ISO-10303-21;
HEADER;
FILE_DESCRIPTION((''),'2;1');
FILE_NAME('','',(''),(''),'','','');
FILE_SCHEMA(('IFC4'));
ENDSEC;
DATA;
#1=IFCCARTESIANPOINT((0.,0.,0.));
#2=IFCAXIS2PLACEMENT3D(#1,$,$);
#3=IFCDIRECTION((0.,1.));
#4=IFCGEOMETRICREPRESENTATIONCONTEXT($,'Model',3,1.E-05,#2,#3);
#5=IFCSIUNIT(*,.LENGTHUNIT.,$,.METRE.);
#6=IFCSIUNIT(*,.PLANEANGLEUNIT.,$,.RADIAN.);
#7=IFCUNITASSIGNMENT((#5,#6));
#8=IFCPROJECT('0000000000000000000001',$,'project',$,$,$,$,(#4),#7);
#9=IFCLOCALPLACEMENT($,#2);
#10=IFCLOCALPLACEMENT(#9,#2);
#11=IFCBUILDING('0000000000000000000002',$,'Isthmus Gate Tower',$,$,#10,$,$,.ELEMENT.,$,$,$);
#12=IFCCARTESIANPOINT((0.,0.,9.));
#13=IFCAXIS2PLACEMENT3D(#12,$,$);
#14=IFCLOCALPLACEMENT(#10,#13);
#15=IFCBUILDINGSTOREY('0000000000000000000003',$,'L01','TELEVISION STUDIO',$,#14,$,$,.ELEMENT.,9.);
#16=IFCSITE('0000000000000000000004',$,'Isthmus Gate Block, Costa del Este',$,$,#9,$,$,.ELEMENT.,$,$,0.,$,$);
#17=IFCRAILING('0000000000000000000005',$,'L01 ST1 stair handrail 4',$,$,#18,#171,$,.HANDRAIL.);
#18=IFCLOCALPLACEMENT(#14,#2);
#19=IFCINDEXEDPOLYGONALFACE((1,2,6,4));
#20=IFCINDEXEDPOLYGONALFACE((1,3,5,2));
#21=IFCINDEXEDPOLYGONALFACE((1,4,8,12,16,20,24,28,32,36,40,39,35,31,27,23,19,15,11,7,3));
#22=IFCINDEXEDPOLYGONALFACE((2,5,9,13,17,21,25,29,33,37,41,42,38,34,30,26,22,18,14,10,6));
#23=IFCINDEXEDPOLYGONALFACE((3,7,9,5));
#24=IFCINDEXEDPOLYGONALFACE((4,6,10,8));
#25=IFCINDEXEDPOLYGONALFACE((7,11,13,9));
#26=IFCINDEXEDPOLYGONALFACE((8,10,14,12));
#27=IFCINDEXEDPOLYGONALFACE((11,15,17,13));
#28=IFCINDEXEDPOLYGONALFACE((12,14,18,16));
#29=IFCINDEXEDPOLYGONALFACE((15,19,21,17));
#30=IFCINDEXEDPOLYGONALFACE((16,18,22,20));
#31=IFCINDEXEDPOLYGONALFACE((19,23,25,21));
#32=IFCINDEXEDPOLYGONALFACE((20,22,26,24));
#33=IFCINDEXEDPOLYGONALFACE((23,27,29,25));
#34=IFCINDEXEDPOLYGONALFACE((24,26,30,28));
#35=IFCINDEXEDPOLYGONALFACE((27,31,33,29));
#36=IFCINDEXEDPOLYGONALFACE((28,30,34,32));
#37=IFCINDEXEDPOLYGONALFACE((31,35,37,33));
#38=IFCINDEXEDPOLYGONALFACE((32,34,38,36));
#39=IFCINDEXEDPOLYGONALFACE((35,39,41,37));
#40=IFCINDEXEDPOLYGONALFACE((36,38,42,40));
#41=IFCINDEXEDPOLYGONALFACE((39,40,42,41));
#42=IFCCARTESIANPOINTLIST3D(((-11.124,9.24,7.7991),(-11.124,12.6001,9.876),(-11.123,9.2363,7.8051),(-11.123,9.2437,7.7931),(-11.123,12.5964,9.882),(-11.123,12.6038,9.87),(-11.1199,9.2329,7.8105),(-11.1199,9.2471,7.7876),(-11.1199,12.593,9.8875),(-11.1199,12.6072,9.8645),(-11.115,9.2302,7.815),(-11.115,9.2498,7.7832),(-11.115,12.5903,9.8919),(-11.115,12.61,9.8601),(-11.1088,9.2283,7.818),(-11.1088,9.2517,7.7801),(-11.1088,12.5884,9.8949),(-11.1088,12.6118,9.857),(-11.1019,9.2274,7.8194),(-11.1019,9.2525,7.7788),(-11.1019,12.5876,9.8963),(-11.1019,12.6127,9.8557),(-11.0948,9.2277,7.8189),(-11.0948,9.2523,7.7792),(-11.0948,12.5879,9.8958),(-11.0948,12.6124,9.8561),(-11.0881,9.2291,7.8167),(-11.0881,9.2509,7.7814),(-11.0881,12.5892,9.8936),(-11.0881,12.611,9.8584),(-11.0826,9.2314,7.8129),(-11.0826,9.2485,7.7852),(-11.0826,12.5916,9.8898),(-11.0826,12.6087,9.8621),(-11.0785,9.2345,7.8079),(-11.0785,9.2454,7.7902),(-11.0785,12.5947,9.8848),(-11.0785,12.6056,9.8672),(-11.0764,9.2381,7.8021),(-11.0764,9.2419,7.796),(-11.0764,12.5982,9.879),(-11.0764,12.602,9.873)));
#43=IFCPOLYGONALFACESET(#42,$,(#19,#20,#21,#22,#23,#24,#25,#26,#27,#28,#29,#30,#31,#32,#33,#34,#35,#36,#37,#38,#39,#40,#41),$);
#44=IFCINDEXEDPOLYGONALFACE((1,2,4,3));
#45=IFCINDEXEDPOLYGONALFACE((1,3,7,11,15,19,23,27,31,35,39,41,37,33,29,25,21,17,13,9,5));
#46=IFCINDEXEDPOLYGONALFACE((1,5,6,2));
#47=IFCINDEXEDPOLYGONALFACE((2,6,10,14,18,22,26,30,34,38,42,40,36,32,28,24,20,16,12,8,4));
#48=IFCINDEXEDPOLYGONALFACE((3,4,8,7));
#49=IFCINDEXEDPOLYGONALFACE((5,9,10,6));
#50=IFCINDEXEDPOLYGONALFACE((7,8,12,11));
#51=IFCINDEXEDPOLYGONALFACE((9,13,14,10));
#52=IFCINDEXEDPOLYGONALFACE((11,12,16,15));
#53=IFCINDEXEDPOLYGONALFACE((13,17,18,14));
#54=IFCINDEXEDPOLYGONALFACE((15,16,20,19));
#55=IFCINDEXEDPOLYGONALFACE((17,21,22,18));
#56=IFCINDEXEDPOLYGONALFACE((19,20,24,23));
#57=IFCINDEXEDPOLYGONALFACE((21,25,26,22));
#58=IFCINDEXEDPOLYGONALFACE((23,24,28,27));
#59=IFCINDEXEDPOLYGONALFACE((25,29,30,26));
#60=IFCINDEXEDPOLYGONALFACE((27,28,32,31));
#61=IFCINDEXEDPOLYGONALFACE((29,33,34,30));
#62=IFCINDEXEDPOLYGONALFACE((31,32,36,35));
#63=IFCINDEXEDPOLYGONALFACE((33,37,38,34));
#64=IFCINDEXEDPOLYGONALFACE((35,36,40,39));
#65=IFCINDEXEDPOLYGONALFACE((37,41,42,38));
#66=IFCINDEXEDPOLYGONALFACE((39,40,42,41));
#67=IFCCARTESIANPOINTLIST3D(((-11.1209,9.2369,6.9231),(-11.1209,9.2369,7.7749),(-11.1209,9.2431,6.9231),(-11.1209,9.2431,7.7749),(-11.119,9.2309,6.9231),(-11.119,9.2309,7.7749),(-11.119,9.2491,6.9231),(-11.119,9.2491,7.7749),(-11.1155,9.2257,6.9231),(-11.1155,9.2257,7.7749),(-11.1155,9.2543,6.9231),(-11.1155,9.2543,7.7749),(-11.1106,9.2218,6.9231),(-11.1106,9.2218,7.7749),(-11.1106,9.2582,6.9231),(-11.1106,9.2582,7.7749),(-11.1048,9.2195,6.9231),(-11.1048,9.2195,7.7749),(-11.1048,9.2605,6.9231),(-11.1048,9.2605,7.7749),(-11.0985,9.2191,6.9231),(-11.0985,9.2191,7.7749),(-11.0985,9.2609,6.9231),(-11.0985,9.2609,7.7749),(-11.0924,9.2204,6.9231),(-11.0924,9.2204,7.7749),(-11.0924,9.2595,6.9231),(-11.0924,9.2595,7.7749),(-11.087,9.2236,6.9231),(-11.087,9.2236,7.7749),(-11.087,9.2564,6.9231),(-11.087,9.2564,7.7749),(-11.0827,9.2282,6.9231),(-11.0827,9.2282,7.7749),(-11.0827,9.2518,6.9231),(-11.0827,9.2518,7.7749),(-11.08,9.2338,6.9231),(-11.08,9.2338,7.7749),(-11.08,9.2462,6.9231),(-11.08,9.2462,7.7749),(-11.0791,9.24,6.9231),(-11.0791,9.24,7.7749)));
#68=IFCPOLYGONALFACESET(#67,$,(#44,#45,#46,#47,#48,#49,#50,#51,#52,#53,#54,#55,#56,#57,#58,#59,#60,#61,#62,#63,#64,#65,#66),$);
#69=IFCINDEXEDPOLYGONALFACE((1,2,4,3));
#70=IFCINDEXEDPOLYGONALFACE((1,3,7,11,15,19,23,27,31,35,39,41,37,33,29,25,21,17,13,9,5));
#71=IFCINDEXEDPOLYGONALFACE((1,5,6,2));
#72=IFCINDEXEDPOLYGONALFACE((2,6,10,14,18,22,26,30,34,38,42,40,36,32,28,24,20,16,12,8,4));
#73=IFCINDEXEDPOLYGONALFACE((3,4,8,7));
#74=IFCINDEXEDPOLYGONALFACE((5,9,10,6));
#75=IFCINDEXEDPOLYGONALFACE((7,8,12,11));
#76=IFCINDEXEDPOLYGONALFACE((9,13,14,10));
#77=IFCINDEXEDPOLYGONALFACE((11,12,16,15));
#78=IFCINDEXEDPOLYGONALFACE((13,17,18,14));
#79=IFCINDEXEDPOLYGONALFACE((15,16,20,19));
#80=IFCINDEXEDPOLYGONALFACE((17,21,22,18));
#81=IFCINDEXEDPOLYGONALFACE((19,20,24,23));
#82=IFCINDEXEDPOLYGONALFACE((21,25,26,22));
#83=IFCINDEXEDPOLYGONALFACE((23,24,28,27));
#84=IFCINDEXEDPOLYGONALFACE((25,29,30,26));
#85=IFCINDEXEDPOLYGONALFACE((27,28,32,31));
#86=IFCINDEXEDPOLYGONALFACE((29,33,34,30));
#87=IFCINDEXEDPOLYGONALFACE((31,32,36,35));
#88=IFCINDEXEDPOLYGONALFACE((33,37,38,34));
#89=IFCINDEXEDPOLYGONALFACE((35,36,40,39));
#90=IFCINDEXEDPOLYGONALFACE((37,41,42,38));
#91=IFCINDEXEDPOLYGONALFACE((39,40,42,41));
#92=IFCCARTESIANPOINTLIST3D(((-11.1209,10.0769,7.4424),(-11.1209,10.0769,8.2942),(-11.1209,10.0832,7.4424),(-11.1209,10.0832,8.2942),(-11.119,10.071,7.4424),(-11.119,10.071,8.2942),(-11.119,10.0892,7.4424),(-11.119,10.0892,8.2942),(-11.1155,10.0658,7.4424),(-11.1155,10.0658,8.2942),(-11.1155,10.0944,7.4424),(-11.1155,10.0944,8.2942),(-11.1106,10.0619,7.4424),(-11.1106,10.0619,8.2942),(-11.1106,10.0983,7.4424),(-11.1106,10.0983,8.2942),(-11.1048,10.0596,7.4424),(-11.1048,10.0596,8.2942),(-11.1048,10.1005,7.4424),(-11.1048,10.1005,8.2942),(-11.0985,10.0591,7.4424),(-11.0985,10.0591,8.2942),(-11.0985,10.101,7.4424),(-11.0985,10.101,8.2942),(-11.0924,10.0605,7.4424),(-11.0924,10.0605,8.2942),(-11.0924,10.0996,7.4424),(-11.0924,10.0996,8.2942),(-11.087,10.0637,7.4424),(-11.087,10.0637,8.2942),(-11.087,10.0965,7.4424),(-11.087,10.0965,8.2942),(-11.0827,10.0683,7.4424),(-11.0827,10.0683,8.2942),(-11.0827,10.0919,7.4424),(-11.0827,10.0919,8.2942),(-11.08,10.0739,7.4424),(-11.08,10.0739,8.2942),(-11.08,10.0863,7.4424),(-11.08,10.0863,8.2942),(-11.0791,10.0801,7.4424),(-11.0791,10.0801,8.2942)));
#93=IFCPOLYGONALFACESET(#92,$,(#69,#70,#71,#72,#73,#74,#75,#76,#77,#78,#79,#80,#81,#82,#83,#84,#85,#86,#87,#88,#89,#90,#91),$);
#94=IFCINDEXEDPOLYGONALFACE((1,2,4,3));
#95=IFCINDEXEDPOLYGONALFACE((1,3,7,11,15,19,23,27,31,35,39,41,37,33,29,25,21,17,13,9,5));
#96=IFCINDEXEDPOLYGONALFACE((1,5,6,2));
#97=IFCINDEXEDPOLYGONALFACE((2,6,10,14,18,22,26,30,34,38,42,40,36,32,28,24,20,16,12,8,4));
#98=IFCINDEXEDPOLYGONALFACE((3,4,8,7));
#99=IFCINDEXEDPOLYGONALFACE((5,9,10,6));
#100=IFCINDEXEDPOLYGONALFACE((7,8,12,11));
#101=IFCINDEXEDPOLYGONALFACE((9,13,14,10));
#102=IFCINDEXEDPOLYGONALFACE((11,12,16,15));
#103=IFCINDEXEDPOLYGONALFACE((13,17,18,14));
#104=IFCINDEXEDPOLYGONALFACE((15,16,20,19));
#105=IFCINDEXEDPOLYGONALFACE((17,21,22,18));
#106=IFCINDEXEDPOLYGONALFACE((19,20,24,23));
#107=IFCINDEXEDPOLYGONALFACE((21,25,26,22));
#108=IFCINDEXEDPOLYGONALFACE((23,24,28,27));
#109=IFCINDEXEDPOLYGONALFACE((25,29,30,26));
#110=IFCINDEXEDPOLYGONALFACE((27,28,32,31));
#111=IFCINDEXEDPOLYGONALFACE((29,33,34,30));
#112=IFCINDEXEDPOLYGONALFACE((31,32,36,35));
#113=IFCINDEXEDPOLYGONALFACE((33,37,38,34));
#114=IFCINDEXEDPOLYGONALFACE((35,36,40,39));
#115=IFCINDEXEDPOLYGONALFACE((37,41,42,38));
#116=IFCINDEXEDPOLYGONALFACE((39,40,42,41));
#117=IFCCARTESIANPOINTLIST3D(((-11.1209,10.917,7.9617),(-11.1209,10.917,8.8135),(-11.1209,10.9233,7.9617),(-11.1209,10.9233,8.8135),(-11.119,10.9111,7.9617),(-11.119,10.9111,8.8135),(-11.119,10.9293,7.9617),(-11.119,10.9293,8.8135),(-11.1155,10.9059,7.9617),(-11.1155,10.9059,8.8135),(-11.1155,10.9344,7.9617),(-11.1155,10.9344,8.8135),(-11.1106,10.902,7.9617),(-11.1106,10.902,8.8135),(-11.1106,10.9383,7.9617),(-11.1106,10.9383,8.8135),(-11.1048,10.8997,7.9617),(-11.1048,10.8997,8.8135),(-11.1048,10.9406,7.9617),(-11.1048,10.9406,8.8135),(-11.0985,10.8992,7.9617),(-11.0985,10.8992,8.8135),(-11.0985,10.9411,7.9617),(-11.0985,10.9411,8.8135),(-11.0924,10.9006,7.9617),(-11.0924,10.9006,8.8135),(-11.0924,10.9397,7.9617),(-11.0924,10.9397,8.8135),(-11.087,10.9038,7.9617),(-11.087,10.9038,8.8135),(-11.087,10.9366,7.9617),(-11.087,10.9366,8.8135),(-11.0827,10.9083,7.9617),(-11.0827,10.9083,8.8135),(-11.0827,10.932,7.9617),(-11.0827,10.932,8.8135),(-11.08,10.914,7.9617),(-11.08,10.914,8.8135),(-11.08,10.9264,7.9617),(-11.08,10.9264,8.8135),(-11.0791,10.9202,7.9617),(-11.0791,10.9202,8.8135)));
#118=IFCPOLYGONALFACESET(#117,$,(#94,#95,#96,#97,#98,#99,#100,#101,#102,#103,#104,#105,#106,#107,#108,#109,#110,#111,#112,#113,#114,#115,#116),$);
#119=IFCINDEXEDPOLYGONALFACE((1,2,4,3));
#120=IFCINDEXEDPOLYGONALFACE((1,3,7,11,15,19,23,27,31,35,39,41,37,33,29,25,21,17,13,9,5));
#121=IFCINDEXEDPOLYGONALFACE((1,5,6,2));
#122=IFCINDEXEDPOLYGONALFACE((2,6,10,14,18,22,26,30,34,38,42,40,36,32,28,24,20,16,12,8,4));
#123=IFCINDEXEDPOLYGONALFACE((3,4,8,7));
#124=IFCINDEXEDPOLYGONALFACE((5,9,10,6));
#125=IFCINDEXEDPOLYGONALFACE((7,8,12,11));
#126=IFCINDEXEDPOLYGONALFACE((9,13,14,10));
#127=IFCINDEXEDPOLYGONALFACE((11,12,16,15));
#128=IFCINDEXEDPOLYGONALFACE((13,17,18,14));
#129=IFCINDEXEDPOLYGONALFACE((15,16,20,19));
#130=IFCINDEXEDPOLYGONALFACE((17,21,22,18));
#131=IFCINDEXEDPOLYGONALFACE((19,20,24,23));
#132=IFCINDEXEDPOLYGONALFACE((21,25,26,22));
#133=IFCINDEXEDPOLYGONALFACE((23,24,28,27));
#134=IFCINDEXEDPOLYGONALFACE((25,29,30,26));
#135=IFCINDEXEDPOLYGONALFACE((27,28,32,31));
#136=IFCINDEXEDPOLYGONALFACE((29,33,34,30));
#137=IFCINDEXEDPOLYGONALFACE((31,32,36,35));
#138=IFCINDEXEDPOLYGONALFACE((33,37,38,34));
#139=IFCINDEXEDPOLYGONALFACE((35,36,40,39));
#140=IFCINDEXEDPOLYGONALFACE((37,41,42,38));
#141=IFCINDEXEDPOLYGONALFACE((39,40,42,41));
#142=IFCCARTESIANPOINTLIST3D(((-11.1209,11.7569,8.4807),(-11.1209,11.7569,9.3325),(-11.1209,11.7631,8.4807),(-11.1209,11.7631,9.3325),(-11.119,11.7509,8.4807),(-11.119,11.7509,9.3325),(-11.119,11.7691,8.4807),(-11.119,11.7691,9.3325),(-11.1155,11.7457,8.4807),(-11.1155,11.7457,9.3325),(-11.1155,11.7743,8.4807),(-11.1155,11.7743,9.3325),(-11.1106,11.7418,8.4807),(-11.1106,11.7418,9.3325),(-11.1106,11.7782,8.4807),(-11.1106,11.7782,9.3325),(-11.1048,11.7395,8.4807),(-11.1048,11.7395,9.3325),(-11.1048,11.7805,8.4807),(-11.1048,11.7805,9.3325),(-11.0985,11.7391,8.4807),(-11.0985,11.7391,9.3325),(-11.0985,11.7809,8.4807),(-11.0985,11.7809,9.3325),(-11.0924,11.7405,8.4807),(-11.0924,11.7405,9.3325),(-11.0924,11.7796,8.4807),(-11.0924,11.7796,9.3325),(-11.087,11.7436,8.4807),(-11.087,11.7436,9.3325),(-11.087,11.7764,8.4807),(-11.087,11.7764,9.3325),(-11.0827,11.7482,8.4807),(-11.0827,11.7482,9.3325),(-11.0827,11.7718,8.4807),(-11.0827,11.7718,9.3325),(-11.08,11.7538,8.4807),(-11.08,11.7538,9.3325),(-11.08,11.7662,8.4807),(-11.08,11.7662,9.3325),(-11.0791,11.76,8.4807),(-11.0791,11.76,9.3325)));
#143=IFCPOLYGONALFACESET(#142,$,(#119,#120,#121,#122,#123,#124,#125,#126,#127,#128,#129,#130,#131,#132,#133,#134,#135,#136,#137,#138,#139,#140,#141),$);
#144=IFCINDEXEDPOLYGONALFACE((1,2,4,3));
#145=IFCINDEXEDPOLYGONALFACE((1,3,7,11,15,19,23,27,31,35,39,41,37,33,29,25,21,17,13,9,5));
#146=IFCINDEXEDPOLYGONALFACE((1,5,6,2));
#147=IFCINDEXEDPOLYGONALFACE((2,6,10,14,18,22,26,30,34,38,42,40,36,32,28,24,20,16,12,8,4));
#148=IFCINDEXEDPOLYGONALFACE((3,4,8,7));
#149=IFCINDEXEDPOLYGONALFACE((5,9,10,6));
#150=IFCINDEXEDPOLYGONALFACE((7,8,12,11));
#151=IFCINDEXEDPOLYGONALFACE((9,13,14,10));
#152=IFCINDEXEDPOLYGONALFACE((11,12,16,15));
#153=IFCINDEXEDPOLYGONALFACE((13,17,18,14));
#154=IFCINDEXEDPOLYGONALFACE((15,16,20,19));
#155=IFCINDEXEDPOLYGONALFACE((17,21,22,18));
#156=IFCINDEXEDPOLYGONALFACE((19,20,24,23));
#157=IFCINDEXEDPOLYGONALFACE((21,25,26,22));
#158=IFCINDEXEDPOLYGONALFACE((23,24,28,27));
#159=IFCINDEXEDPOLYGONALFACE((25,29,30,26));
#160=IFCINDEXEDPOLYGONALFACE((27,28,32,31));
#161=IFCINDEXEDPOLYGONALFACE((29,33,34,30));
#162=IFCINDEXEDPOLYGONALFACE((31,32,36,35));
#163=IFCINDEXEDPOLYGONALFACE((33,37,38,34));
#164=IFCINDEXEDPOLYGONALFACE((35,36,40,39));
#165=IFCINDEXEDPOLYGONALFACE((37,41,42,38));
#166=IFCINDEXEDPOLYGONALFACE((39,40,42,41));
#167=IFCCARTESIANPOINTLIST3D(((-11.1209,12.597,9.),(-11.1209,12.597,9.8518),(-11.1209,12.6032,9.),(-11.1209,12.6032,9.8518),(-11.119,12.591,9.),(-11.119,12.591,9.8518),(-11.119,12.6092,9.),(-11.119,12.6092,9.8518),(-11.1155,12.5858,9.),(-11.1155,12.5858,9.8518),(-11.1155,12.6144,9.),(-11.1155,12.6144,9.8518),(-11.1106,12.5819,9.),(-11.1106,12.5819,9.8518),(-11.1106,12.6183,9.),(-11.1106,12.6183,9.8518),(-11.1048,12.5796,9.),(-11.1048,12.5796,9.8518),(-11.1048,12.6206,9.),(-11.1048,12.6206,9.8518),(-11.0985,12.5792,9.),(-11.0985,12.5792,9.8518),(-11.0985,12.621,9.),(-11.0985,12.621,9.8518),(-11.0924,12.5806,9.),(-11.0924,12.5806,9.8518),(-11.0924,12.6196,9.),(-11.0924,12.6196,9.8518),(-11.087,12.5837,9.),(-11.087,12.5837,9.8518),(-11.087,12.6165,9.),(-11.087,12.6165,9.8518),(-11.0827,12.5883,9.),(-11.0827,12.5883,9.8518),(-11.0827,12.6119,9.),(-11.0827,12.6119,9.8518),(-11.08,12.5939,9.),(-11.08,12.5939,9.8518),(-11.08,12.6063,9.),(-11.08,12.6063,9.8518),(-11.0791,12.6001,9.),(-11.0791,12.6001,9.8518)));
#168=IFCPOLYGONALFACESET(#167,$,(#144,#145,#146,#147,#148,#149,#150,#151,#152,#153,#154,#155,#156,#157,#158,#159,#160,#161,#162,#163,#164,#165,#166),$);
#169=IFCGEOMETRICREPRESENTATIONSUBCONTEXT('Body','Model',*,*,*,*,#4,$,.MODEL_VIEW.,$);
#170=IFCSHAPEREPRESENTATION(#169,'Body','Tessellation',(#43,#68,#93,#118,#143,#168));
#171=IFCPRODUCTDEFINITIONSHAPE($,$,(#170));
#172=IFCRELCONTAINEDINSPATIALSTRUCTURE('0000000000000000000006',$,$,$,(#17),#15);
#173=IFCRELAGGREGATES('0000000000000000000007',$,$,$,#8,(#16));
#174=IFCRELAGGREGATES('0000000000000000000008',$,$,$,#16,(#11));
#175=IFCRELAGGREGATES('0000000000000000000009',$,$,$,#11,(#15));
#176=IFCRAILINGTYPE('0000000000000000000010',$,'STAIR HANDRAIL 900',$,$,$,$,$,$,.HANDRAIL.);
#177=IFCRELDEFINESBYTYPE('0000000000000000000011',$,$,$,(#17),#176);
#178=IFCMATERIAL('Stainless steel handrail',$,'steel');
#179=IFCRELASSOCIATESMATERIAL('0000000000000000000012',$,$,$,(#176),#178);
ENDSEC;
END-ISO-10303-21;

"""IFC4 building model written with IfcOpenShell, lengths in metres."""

from ifc_helpers import new_model, si_unit, direction, frame, origin, origin_2d, place, context, subcontext, project, spatial, circle, extrude, material, type_object, element, save


model = new_model("IFC4")

# Units and contexts
model_context = context("Model", 3, precision=1e-05, world=origin(), true_north=direction((0.0, 1.0)))
body_context = subcontext(model_context, "Body", "Model", "MODEL_VIEW")
ifc_project = project(units=[si_unit("LENGTHUNIT", "METRE"), si_unit("PLANEANGLEUNIT", "RADIAN")], contexts=[model_context])

# Site, building, storey
site_placement = place(None, origin())
site = spatial("IfcSite", under=ifc_project, at=site_placement, Name="Isthmus Gate Block, Costa del Este", CompositionType="ELEMENT", RefElevation=0.0)
building_placement = place(site_placement, origin())
building = spatial("IfcBuilding", under=site, at=building_placement, Name="Isthmus Gate Tower", CompositionType="ELEMENT")
storey_placement = place(building_placement, frame((0.0, 0.0, 9.0)))
storey = spatial("IfcBuildingStorey", under=building, at=storey_placement, Name="L01", Description="TELEVISION STUDIO", CompositionType="ELEMENT", Elevation=9.0)

# Railing
ifc_material_1 = material(Name="Stainless steel handrail", Category="steel")
railing_type_1 = type_object("IfcRailingType", Name="STAIR HANDRAIL 900", PredefinedType="HANDRAIL", material=ifc_material_1)
for number, where, name in (
    (1, (-11.1001, 9.24, 6.9231), "L01 ST1 stair handrail 4"),
):
    element("IfcRailing", number, at=place(storey_placement, frame(where)), inside=storey, type_object=railing_type_1, Name=name, PredefinedType="HANDRAIL", context=body_context, shape_type="SweptSolid", body=[
        extrude(circle(Radius=0.0239, at=origin_2d()), frame((0.0, 0.0, 0.876), z_axis=(0.0, 0.850623, 0.525776), x_axis=(-1.0, 0.0, 0.0)), (0.0, 0.0, 1.0), 3.9502),
        extrude(circle(Radius=0.021, at=origin_2d()), origin(), (0.0, 0.0, 1.0), 0.8518),
        extrude(circle(Radius=0.021, at=origin_2d()), frame((0.0, 0.8401, 0.5193)), (0.0, 0.0, 1.0), 0.8518),
        extrude(circle(Radius=0.021, at=origin_2d()), frame((0.0, 1.6802, 1.0386)), (0.0, 0.0, 1.0), 0.8518),
        extrude(circle(Radius=0.021, at=origin_2d()), frame((0.0, 2.52, 1.5576)), (0.0, 0.0, 1.0), 0.8518),
        extrude(circle(Radius=0.021, at=origin_2d()), frame((0.0, 3.3601, 2.0769)), (0.0, 0.0, 1.0), 0.8518),
    ])

save(model, "model.ifc")
